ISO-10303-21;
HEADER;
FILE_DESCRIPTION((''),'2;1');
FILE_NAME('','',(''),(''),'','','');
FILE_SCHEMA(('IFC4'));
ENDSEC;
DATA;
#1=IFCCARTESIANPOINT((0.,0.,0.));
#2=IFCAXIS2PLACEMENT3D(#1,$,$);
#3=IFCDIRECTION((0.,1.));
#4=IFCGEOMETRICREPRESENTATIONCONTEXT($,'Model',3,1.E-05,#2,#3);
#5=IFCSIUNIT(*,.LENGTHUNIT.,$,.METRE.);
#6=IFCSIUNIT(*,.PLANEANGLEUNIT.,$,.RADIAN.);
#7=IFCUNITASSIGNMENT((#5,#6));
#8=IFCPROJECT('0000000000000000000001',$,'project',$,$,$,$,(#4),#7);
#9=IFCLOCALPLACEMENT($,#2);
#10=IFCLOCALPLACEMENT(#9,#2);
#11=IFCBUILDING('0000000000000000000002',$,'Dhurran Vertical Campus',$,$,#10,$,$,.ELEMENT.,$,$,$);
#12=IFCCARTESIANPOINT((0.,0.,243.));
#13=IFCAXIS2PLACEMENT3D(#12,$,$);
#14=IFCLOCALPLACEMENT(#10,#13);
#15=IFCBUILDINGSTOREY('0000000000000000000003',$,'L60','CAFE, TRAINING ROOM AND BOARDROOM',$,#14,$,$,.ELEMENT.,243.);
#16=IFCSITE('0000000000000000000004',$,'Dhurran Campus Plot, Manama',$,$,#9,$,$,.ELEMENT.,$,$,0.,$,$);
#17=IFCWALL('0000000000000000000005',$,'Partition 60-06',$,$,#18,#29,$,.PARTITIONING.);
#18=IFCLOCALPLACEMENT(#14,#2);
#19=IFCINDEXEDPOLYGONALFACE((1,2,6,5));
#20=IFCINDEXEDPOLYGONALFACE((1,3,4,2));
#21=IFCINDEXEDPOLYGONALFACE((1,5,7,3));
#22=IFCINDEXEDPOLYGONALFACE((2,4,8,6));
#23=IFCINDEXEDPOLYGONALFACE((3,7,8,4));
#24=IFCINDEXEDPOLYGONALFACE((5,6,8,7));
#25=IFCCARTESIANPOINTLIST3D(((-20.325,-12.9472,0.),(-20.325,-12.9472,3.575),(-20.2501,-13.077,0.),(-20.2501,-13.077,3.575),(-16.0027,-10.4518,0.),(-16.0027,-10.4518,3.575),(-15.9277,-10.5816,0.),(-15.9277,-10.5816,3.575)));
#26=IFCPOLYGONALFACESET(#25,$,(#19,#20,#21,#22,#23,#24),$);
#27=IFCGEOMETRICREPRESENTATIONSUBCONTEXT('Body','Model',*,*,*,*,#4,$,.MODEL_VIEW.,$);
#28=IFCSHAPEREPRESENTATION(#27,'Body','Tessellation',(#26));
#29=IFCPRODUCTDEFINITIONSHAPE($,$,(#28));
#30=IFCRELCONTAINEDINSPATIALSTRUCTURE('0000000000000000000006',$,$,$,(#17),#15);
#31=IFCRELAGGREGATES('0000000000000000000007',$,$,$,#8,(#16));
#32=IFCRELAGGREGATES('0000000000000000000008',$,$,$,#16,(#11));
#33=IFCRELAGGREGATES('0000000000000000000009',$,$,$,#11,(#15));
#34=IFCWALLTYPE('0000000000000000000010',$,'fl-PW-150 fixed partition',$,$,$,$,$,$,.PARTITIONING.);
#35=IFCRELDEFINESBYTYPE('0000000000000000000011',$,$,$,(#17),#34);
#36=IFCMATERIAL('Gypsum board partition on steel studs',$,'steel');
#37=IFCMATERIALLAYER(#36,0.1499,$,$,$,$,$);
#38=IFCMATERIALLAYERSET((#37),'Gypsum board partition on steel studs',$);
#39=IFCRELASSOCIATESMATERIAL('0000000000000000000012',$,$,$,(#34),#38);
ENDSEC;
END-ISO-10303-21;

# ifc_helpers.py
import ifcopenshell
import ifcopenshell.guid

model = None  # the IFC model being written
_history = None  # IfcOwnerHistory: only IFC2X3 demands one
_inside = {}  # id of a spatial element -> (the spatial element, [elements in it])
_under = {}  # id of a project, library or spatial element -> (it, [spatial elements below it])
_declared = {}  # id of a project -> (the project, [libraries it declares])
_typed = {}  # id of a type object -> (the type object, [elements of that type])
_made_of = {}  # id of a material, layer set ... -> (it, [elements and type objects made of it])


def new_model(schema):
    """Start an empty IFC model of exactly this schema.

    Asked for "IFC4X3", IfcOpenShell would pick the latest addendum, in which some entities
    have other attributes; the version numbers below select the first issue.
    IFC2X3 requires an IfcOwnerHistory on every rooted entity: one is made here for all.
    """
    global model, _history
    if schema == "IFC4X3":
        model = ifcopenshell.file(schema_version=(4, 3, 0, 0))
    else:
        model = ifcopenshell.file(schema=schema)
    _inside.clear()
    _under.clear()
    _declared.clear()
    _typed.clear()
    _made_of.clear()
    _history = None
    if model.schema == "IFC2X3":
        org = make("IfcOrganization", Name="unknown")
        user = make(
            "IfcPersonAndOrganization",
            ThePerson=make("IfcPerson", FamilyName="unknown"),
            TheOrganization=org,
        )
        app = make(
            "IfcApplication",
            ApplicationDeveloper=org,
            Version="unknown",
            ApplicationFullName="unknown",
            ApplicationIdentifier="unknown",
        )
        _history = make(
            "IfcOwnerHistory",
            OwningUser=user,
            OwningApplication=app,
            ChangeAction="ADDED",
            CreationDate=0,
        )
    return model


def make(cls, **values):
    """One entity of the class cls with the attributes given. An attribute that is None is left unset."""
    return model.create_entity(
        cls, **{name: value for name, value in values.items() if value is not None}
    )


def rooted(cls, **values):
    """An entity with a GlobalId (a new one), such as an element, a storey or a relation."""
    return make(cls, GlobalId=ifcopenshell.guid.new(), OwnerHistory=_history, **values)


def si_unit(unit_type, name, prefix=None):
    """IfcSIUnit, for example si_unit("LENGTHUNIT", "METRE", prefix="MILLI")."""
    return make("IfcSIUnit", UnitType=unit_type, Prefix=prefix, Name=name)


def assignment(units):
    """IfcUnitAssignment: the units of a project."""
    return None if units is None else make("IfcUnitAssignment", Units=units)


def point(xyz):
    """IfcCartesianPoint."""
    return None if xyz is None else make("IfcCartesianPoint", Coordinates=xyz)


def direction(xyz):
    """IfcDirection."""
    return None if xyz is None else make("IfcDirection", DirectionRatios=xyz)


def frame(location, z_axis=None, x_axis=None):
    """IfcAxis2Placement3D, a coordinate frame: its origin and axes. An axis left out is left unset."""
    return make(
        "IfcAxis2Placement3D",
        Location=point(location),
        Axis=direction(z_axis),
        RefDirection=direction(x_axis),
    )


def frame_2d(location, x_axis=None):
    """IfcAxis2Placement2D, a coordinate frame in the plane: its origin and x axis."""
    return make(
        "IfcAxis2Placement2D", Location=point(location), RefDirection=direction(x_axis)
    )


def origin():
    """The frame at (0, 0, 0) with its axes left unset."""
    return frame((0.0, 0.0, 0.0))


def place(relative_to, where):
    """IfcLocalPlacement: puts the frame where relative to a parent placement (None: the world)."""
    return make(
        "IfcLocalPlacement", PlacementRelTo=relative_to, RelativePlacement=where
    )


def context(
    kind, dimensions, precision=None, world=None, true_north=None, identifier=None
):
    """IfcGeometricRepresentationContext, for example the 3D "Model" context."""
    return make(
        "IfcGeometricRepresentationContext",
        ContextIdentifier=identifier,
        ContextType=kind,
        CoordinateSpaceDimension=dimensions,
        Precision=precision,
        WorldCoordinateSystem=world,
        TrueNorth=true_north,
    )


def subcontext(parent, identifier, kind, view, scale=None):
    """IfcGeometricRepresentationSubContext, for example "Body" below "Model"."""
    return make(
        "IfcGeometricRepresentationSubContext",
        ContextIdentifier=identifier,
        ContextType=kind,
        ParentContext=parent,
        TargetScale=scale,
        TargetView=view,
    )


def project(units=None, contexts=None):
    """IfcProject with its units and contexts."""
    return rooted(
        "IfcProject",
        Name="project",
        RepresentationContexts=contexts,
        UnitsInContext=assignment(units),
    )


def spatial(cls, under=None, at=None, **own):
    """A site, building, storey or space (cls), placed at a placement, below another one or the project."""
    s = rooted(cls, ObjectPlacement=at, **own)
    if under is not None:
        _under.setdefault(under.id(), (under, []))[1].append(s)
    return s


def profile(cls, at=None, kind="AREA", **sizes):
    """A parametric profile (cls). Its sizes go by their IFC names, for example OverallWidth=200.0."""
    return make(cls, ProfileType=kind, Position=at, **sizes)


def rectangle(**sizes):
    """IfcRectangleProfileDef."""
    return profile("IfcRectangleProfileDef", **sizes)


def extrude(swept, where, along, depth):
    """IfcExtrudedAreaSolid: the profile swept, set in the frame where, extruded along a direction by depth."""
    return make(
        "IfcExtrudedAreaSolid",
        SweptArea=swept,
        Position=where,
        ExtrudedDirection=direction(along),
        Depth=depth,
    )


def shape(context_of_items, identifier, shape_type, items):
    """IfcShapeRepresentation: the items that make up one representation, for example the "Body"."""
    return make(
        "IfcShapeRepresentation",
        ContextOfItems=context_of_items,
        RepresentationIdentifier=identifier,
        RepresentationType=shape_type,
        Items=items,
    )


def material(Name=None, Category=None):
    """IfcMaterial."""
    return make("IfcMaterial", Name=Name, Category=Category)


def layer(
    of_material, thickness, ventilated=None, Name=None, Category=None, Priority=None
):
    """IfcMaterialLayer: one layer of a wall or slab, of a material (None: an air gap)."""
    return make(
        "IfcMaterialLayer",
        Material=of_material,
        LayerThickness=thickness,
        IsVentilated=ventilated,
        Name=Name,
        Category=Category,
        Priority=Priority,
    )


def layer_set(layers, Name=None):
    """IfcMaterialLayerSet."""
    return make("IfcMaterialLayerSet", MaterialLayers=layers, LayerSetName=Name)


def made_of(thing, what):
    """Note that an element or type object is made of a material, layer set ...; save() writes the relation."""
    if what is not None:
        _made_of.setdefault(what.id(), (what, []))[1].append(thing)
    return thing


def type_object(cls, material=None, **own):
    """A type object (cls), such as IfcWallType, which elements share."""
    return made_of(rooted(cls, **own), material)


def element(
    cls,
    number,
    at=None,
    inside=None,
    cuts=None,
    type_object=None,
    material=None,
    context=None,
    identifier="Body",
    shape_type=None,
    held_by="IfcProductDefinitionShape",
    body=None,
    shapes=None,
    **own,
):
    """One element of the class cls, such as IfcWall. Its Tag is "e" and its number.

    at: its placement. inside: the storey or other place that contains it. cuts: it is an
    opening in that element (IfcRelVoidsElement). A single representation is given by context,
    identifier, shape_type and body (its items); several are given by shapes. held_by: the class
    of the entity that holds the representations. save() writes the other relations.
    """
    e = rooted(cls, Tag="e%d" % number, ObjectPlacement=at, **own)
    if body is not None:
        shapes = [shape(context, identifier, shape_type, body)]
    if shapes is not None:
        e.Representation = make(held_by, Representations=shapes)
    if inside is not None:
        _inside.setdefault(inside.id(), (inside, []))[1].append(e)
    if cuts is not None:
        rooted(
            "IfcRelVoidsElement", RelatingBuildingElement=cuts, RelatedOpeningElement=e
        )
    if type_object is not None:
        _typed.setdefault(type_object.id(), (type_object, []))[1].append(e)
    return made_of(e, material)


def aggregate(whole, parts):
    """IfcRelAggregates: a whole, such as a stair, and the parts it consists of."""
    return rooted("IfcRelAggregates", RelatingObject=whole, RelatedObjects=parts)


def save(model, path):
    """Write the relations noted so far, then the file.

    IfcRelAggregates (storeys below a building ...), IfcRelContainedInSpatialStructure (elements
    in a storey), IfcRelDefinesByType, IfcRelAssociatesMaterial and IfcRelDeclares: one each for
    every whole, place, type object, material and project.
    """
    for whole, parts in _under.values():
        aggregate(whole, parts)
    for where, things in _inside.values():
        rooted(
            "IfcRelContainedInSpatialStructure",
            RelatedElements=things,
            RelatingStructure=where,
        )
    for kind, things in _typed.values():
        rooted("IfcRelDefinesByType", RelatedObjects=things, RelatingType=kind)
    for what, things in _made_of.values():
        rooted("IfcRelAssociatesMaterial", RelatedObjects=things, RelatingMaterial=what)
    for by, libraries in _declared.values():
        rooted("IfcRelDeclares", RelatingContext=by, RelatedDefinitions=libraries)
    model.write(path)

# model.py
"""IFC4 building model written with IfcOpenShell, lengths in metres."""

from ifc_helpers import new_model, si_unit, direction, frame, frame_2d, origin, place, context, subcontext, project, spatial, rectangle, extrude, material, layer, layer_set, type_object, element, save


model = new_model("IFC4")

# Units and contexts
model_context = context("Model", 3, precision=1e-05, world=origin(), true_north=direction((0.0, 1.0)))
body_context = subcontext(model_context, "Body", "Model", "MODEL_VIEW")
ifc_project = project(units=[si_unit("LENGTHUNIT", "METRE"), si_unit("PLANEANGLEUNIT", "RADIAN")], contexts=[model_context])

# Site, building, storey
site_placement = place(None, origin())
site = spatial("IfcSite", under=ifc_project, at=site_placement, Name="Dhurran Campus Plot, Manama", CompositionType="ELEMENT", RefElevation=0.0)
building_placement = place(site_placement, origin())
building = spatial("IfcBuilding", under=site, at=building_placement, Name="Dhurran Vertical Campus", CompositionType="ELEMENT")
storey_placement = place(building_placement, frame((0.0, 0.0, 243.0)))
storey = spatial("IfcBuildingStorey", under=building, at=storey_placement, Name="L60", Description="CAFE, TRAINING ROOM AND BOARDROOM", CompositionType="ELEMENT", Elevation=243.0)

# Wall
ifc_material_1 = material(Name="Gypsum board partition on steel studs", Category="steel")
ifc_layer_1 = layer(ifc_material_1, 0.1499)
ifc_layer_set_1 = layer_set([ifc_layer_1], Name="Gypsum board partition on steel studs")
wall_type_1 = type_object("IfcWallType", Name="fl-PW-150 fixed partition", PredefinedType="PARTITIONING", material=ifc_layer_set_1)
wall_1_placement = place(storey_placement, frame((-15.9651, -10.5166, 0.0), z_axis=(0.0, 0.0, 1.0), x_axis=(-0.866034, -0.499985, 0.0)))
element("IfcWall", 1, at=wall_1_placement, inside=storey, type_object=wall_type_1, Name="Partition 60-06", PredefinedType="PARTITIONING", context=body_context, shape_type="SweptSolid", body=[
    extrude(rectangle(XDim=4.991, YDim=0.1499, at=frame_2d((2.4956, 0.0))), origin(), (0.0, 0.0, 1.0), 3.575),
])

save(model, "model.ifc")
